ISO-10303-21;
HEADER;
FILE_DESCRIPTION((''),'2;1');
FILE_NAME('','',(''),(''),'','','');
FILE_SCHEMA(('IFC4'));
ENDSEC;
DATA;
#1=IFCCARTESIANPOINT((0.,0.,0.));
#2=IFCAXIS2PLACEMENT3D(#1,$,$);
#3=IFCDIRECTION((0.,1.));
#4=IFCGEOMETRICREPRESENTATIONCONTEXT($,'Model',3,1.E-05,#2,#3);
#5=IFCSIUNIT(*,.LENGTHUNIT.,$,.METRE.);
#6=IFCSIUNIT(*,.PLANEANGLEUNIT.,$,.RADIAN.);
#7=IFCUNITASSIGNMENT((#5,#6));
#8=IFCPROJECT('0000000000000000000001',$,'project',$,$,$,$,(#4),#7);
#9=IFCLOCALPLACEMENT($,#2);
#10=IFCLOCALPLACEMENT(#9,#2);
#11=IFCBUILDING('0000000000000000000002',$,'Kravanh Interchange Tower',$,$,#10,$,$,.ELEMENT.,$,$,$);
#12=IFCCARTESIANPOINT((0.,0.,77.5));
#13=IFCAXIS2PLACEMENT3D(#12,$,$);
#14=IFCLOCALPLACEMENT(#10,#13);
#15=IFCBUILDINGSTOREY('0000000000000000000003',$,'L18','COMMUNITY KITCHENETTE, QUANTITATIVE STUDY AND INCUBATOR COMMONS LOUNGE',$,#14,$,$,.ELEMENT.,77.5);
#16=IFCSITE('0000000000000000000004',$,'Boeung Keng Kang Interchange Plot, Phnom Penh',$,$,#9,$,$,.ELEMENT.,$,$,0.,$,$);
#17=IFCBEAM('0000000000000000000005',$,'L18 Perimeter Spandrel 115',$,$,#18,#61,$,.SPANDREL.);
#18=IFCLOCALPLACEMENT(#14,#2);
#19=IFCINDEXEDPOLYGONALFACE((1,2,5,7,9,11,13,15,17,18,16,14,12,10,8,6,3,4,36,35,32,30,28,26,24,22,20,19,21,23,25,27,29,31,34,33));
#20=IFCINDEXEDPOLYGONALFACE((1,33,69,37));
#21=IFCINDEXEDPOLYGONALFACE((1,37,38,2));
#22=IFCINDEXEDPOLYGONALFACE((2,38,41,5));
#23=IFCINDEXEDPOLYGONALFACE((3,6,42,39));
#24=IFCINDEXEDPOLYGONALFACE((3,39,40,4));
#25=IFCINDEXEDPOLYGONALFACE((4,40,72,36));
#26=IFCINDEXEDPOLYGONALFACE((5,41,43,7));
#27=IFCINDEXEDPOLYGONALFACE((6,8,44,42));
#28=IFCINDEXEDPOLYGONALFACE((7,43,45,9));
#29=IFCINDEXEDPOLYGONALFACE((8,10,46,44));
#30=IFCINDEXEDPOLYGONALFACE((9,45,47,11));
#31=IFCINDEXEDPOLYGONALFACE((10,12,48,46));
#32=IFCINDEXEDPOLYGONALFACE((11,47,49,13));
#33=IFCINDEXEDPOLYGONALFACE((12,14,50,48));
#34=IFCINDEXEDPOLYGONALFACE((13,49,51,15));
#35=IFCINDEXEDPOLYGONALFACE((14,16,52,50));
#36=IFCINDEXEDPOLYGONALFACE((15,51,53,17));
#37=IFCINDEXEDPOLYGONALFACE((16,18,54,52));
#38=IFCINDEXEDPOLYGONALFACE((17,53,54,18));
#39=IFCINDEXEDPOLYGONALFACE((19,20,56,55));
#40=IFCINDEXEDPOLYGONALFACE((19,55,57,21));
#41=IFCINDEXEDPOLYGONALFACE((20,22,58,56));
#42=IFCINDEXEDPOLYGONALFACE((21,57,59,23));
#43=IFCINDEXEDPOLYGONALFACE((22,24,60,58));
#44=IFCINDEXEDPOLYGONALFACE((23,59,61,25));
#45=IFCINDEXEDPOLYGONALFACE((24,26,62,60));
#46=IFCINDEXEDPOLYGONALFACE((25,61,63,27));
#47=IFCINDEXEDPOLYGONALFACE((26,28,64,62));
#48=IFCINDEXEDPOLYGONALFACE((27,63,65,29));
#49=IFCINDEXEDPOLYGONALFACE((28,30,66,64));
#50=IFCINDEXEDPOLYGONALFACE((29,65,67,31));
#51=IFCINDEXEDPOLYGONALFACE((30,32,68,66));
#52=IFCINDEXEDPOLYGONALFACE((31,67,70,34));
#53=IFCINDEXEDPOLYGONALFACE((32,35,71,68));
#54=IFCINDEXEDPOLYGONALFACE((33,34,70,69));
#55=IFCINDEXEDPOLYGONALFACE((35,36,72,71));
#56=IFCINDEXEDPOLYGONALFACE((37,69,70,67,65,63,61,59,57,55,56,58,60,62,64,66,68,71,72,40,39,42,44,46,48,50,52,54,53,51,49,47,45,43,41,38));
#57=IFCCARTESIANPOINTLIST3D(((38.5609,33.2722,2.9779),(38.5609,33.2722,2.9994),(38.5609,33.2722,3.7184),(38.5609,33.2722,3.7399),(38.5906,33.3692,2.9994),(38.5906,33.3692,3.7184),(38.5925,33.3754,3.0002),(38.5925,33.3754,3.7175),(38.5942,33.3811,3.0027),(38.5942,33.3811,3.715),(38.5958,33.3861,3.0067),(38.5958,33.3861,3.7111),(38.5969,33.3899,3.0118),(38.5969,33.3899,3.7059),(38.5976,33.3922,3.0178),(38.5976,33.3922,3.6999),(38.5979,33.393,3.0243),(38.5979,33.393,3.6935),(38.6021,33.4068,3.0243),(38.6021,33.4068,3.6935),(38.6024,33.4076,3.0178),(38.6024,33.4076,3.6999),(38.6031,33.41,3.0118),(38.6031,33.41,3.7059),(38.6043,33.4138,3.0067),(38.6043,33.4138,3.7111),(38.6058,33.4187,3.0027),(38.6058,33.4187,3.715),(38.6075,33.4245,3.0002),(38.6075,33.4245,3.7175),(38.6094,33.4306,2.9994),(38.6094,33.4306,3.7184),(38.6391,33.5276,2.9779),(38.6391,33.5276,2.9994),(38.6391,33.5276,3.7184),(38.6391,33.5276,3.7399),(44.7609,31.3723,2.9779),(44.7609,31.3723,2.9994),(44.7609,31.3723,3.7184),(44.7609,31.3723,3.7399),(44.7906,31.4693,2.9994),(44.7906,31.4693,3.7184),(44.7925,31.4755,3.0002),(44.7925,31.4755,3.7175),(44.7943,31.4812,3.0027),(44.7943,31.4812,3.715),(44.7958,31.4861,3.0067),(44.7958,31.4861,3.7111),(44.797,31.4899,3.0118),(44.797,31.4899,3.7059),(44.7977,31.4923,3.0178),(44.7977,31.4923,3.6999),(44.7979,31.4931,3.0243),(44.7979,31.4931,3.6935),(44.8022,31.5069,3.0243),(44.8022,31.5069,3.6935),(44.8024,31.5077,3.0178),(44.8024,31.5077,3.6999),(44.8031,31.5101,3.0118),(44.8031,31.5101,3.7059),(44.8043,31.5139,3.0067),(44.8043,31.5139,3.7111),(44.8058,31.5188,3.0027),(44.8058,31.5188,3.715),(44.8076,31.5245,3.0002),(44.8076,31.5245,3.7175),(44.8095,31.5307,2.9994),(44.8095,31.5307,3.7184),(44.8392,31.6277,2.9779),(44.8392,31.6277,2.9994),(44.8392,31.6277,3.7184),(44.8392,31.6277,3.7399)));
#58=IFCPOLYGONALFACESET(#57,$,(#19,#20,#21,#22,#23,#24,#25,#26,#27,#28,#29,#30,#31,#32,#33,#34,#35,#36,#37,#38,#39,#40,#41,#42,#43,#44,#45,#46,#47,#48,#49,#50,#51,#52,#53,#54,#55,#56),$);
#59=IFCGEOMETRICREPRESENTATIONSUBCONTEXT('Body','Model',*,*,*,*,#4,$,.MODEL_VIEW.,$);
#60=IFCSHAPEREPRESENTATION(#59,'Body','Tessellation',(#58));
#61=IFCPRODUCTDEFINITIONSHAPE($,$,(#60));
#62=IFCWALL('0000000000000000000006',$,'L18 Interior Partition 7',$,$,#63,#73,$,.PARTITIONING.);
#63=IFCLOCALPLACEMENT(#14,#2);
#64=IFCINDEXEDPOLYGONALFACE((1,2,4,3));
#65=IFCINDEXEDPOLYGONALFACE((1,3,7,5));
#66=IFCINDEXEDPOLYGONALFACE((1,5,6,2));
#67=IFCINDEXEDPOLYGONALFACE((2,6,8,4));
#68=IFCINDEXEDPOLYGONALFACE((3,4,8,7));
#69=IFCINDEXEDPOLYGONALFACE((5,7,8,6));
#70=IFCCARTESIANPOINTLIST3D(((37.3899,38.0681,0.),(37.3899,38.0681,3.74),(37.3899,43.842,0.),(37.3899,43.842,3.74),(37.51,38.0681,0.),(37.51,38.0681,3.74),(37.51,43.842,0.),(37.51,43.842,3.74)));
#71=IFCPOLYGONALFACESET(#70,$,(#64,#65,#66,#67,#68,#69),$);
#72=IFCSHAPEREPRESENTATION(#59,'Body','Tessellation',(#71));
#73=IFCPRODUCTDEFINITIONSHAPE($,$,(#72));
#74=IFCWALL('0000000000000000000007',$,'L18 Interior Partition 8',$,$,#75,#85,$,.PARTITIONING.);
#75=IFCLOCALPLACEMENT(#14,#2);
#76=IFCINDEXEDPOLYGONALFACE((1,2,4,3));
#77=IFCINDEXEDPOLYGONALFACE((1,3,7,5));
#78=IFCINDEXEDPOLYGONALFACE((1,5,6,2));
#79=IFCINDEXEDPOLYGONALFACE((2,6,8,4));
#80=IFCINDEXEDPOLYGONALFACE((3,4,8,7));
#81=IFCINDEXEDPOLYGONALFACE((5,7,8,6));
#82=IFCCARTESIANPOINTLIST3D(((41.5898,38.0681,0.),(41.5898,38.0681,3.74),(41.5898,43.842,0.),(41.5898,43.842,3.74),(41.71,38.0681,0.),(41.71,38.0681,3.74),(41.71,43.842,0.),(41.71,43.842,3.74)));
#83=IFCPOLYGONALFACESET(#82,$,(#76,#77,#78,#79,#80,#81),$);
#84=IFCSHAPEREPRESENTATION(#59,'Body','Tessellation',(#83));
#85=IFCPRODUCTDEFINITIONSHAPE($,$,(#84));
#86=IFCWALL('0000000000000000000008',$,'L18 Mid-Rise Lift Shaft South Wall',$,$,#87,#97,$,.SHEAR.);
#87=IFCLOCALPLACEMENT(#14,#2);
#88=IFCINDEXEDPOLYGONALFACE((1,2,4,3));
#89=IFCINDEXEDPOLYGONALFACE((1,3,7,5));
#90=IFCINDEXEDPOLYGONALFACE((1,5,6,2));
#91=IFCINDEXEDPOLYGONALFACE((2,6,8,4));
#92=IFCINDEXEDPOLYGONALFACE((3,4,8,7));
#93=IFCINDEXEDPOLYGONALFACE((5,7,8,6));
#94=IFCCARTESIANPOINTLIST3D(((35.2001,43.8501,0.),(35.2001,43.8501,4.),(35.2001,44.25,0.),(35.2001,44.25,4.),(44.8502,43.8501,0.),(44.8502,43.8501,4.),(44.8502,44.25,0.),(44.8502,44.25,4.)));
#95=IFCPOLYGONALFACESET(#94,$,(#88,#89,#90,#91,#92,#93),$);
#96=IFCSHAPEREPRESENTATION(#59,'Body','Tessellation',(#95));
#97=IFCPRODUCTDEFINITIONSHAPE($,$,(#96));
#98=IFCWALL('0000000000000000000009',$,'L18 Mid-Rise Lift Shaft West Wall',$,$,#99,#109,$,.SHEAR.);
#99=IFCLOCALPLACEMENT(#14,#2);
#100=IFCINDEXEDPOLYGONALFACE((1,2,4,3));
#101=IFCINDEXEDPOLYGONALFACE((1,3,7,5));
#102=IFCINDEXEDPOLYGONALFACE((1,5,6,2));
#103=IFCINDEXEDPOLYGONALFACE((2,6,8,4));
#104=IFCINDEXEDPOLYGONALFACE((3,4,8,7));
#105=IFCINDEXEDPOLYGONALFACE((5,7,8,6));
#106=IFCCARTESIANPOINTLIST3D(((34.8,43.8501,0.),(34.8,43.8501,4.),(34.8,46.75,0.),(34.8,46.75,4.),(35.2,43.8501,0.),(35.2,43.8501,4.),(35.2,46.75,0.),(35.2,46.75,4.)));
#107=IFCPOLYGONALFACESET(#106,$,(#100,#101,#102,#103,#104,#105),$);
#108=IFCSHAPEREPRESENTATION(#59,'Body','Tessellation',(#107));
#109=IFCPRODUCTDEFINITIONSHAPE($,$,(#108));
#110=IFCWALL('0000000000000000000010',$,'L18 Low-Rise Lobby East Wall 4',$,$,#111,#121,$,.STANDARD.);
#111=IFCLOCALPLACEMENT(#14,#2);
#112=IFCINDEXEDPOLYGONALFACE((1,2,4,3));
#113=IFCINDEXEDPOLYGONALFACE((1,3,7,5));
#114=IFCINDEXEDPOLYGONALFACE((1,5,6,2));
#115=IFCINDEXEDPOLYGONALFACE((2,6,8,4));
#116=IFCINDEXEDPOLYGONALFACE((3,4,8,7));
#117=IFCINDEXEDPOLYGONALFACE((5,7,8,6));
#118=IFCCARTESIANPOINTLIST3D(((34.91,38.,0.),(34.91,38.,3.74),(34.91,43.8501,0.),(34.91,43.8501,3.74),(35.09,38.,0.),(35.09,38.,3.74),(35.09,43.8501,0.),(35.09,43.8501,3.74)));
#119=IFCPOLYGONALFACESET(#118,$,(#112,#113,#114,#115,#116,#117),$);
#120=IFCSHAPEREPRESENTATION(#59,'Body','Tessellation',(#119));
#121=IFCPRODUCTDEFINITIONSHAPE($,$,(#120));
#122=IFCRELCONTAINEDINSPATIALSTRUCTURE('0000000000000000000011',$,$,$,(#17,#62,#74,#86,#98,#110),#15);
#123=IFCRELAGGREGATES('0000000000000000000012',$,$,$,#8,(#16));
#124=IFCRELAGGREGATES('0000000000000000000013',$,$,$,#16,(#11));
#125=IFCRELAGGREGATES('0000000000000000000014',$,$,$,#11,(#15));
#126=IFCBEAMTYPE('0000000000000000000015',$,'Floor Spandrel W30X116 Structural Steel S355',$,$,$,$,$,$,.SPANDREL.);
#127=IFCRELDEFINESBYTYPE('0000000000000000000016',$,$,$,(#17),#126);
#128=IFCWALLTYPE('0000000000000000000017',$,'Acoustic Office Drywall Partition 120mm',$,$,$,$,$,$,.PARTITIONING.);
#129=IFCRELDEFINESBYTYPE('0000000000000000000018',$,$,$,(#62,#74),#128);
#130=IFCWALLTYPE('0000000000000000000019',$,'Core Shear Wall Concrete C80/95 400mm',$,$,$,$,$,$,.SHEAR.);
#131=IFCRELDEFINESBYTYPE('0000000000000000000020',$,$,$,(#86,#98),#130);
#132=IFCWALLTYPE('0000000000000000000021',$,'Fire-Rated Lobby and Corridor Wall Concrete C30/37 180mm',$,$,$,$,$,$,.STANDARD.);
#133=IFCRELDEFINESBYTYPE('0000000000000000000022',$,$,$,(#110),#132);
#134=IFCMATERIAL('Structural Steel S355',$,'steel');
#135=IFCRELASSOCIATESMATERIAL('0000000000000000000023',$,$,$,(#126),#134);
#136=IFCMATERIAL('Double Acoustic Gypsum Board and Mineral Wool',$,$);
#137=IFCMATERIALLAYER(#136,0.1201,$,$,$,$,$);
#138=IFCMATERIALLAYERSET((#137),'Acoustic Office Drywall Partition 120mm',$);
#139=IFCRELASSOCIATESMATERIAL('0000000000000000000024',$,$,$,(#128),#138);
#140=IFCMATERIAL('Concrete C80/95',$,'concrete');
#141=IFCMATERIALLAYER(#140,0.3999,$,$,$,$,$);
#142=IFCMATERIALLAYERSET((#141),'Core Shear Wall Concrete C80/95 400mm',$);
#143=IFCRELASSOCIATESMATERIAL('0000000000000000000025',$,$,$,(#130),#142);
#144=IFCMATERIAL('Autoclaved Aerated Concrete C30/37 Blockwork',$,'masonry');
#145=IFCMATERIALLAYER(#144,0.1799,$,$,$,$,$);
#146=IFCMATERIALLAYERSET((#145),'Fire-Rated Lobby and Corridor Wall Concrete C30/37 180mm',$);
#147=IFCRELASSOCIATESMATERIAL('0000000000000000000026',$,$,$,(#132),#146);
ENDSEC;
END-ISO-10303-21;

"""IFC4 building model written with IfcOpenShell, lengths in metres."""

from ifc_helpers import new_model, si_unit, direction, frame, frame_2d, origin, origin_2d, place, context, subcontext, project, spatial, rectangle, i_section, extrude, material, layer, layer_set, material_profile, profile_set, type_object, element, save


model = new_model("IFC4")

# Units and contexts
model_context = context("Model", 3, precision=1e-05, world=origin(), true_north=direction((0.0, 1.0)))
body_context = subcontext(model_context, "Body", "Model", "MODEL_VIEW")
ifc_project = project(units=[si_unit("LENGTHUNIT", "METRE"), si_unit("PLANEANGLEUNIT", "RADIAN")], contexts=[model_context])

# Site, building, storey
site_placement = place(None, origin())
site = spatial("IfcSite", under=ifc_project, at=site_placement, Name="Boeung Keng Kang Interchange Plot, Phnom Penh", CompositionType="ELEMENT", RefElevation=0.0)
building_placement = place(site_placement, origin())
building = spatial("IfcBuilding", under=site, at=building_placement, Name="Kravanh Interchange Tower", CompositionType="ELEMENT")
storey_placement = place(building_placement, frame((0.0, 0.0, 77.5)))
storey = spatial("IfcBuildingStorey", under=building, at=storey_placement, Name="L18", Description="COMMUNITY KITCHENETTE, QUANTITATIVE STUDY AND INCUBATOR COMMONS LOUNGE", CompositionType="ELEMENT", Elevation=77.5)

# Beam
ifc_material_1 = material(Name="Structural Steel S355", Category="steel")
ifc_material_profile_1 = material_profile(ifc_material_1, i_section(OverallWidth=0.2671, OverallDepth=0.762, WebThickness=0.0144, FlangeThickness=0.0215, FilletRadius=0.0249, at=origin_2d()), Name="W30X116")
ifc_profile_set_1 = profile_set([ifc_material_profile_1], Name="Structural Steel S355")
beam_type_1 = type_object("IfcBeamType", Name="Floor Spandrel W30X116 Structural Steel S355", PredefinedType="SPANDREL", material=ifc_profile_set_1)
beam_1_placement = place(storey_placement, frame((44.8, 31.5, 3.3589), z_axis=(-0.956115, 0.29299, 0.0), x_axis=(-0.29299, -0.956115, 0.0)))
element("IfcBeam", 1, at=beam_1_placement, inside=storey, type_object=beam_type_1, Name="L18 Perimeter Spandrel 115", PredefinedType="SPANDREL", context=body_context, shape_type="SweptSolid", body=[
    extrude(i_section(OverallWidth=0.2671, OverallDepth=0.762, WebThickness=0.0144, FlangeThickness=0.0215, FilletRadius=0.0249, at=origin_2d()), origin(), (0.0, 0.0, 1.0), 6.4846),
])

# Walls
ifc_material_2 = material(Name="Double Acoustic Gypsum Board and Mineral Wool")
ifc_layer_1 = layer(ifc_material_2, 0.1201)
ifc_layer_set_1 = layer_set([ifc_layer_1], Name="Acoustic Office Drywall Partition 120mm")
wall_type_1 = type_object("IfcWallType", Name="Acoustic Office Drywall Partition 120mm", PredefinedType="PARTITIONING", material=ifc_layer_set_1)
for number, where, z_axis, x_axis, name in (
    (2, (37.45, 38.0681, 0.0), (0.0, 0.0, 1.0), (0.0, 1.0, 0.0), "L18 Interior Partition 7"),
    (3, (41.6499, 38.0681, 0.0), (0.0, 0.0, 1.0), (0.0, 1.0, 0.0), "L18 Interior Partition 8"),
):
    element("IfcWall", number, at=place(storey_placement, frame(where, z_axis=z_axis, x_axis=x_axis)), inside=storey, type_object=wall_type_1, Name=name, PredefinedType="PARTITIONING", context=body_context, shape_type="SweptSolid", body=[
        extrude(rectangle(XDim=5.7739, YDim=0.1201, at=frame_2d((2.887, 0.0))), origin(), (0.0, 0.0, 1.0), 3.74),
    ])
ifc_material_3 = material(Name="Concrete C80/95", Category="concrete")
ifc_layer_2 = layer(ifc_material_3, 0.3999)
ifc_layer_set_2 = layer_set([ifc_layer_2], Name="Core Shear Wall Concrete C80/95 400mm")
wall_type_2 = type_object("IfcWallType", Name="Core Shear Wall Concrete C80/95 400mm", PredefinedType="SHEAR", material=ifc_layer_set_2)
wall_1_placement = place(storey_placement, frame((35.2, 44.05, 0.0), z_axis=(0.0, 0.0, 1.0), x_axis=(1.0, 0.0, 0.0)))
element("IfcWall", 4, at=wall_1_placement, inside=storey, type_object=wall_type_2, Name="L18 Mid-Rise Lift Shaft South Wall", PredefinedType="SHEAR", context=body_context, shape_type="SweptSolid", body=[
    extrude(rectangle(XDim=9.6501, YDim=0.3999, at=frame_2d((4.8252, 0.0))), origin(), (0.0, 0.0, 1.0), 4.0),
])
wall_2_placement = place(storey_placement, frame((35.0, 43.8501, 0.0), z_axis=(0.0, 0.0, 1.0), x_axis=(0.0, 1.0, 0.0)))
element("IfcWall", 5, at=wall_2_placement, inside=storey, type_object=wall_type_2, Name="L18 Mid-Rise Lift Shaft West Wall", PredefinedType="SHEAR", context=body_context, shape_type="SweptSolid", body=[
    extrude(rectangle(XDim=2.8999, YDim=0.3999, at=frame_2d((1.45, 0.0))), origin(), (0.0, 0.0, 1.0), 4.0),
])
ifc_material_4 = material(Name="Autoclaved Aerated Concrete C30/37 Blockwork", Category="masonry")
ifc_layer_3 = layer(ifc_material_4, 0.1799)
ifc_layer_set_3 = layer_set([ifc_layer_3], Name="Fire-Rated Lobby and Corridor Wall Concrete C30/37 180mm")
wall_type_3 = type_object("IfcWallType", Name="Fire-Rated Lobby and Corridor Wall Concrete C30/37 180mm", PredefinedType="STANDARD", material=ifc_layer_set_3)
wall_3_placement = place(storey_placement, frame((35.0, 38.0, 0.0), z_axis=(0.0, 0.0, 1.0), x_axis=(0.0, 1.0, 0.0)))
element("IfcWall", 6, at=wall_3_placement, inside=storey, type_object=wall_type_3, Name="L18 Low-Rise Lobby East Wall 4", PredefinedType="STANDARD", context=body_context, shape_type="SweptSolid", body=[
    extrude(rectangle(XDim=5.8501, YDim=0.1799, at=frame_2d((2.925, 0.0))), origin(), (0.0, 0.0, 1.0), 3.74),
])

save(model, "model.ifc")
